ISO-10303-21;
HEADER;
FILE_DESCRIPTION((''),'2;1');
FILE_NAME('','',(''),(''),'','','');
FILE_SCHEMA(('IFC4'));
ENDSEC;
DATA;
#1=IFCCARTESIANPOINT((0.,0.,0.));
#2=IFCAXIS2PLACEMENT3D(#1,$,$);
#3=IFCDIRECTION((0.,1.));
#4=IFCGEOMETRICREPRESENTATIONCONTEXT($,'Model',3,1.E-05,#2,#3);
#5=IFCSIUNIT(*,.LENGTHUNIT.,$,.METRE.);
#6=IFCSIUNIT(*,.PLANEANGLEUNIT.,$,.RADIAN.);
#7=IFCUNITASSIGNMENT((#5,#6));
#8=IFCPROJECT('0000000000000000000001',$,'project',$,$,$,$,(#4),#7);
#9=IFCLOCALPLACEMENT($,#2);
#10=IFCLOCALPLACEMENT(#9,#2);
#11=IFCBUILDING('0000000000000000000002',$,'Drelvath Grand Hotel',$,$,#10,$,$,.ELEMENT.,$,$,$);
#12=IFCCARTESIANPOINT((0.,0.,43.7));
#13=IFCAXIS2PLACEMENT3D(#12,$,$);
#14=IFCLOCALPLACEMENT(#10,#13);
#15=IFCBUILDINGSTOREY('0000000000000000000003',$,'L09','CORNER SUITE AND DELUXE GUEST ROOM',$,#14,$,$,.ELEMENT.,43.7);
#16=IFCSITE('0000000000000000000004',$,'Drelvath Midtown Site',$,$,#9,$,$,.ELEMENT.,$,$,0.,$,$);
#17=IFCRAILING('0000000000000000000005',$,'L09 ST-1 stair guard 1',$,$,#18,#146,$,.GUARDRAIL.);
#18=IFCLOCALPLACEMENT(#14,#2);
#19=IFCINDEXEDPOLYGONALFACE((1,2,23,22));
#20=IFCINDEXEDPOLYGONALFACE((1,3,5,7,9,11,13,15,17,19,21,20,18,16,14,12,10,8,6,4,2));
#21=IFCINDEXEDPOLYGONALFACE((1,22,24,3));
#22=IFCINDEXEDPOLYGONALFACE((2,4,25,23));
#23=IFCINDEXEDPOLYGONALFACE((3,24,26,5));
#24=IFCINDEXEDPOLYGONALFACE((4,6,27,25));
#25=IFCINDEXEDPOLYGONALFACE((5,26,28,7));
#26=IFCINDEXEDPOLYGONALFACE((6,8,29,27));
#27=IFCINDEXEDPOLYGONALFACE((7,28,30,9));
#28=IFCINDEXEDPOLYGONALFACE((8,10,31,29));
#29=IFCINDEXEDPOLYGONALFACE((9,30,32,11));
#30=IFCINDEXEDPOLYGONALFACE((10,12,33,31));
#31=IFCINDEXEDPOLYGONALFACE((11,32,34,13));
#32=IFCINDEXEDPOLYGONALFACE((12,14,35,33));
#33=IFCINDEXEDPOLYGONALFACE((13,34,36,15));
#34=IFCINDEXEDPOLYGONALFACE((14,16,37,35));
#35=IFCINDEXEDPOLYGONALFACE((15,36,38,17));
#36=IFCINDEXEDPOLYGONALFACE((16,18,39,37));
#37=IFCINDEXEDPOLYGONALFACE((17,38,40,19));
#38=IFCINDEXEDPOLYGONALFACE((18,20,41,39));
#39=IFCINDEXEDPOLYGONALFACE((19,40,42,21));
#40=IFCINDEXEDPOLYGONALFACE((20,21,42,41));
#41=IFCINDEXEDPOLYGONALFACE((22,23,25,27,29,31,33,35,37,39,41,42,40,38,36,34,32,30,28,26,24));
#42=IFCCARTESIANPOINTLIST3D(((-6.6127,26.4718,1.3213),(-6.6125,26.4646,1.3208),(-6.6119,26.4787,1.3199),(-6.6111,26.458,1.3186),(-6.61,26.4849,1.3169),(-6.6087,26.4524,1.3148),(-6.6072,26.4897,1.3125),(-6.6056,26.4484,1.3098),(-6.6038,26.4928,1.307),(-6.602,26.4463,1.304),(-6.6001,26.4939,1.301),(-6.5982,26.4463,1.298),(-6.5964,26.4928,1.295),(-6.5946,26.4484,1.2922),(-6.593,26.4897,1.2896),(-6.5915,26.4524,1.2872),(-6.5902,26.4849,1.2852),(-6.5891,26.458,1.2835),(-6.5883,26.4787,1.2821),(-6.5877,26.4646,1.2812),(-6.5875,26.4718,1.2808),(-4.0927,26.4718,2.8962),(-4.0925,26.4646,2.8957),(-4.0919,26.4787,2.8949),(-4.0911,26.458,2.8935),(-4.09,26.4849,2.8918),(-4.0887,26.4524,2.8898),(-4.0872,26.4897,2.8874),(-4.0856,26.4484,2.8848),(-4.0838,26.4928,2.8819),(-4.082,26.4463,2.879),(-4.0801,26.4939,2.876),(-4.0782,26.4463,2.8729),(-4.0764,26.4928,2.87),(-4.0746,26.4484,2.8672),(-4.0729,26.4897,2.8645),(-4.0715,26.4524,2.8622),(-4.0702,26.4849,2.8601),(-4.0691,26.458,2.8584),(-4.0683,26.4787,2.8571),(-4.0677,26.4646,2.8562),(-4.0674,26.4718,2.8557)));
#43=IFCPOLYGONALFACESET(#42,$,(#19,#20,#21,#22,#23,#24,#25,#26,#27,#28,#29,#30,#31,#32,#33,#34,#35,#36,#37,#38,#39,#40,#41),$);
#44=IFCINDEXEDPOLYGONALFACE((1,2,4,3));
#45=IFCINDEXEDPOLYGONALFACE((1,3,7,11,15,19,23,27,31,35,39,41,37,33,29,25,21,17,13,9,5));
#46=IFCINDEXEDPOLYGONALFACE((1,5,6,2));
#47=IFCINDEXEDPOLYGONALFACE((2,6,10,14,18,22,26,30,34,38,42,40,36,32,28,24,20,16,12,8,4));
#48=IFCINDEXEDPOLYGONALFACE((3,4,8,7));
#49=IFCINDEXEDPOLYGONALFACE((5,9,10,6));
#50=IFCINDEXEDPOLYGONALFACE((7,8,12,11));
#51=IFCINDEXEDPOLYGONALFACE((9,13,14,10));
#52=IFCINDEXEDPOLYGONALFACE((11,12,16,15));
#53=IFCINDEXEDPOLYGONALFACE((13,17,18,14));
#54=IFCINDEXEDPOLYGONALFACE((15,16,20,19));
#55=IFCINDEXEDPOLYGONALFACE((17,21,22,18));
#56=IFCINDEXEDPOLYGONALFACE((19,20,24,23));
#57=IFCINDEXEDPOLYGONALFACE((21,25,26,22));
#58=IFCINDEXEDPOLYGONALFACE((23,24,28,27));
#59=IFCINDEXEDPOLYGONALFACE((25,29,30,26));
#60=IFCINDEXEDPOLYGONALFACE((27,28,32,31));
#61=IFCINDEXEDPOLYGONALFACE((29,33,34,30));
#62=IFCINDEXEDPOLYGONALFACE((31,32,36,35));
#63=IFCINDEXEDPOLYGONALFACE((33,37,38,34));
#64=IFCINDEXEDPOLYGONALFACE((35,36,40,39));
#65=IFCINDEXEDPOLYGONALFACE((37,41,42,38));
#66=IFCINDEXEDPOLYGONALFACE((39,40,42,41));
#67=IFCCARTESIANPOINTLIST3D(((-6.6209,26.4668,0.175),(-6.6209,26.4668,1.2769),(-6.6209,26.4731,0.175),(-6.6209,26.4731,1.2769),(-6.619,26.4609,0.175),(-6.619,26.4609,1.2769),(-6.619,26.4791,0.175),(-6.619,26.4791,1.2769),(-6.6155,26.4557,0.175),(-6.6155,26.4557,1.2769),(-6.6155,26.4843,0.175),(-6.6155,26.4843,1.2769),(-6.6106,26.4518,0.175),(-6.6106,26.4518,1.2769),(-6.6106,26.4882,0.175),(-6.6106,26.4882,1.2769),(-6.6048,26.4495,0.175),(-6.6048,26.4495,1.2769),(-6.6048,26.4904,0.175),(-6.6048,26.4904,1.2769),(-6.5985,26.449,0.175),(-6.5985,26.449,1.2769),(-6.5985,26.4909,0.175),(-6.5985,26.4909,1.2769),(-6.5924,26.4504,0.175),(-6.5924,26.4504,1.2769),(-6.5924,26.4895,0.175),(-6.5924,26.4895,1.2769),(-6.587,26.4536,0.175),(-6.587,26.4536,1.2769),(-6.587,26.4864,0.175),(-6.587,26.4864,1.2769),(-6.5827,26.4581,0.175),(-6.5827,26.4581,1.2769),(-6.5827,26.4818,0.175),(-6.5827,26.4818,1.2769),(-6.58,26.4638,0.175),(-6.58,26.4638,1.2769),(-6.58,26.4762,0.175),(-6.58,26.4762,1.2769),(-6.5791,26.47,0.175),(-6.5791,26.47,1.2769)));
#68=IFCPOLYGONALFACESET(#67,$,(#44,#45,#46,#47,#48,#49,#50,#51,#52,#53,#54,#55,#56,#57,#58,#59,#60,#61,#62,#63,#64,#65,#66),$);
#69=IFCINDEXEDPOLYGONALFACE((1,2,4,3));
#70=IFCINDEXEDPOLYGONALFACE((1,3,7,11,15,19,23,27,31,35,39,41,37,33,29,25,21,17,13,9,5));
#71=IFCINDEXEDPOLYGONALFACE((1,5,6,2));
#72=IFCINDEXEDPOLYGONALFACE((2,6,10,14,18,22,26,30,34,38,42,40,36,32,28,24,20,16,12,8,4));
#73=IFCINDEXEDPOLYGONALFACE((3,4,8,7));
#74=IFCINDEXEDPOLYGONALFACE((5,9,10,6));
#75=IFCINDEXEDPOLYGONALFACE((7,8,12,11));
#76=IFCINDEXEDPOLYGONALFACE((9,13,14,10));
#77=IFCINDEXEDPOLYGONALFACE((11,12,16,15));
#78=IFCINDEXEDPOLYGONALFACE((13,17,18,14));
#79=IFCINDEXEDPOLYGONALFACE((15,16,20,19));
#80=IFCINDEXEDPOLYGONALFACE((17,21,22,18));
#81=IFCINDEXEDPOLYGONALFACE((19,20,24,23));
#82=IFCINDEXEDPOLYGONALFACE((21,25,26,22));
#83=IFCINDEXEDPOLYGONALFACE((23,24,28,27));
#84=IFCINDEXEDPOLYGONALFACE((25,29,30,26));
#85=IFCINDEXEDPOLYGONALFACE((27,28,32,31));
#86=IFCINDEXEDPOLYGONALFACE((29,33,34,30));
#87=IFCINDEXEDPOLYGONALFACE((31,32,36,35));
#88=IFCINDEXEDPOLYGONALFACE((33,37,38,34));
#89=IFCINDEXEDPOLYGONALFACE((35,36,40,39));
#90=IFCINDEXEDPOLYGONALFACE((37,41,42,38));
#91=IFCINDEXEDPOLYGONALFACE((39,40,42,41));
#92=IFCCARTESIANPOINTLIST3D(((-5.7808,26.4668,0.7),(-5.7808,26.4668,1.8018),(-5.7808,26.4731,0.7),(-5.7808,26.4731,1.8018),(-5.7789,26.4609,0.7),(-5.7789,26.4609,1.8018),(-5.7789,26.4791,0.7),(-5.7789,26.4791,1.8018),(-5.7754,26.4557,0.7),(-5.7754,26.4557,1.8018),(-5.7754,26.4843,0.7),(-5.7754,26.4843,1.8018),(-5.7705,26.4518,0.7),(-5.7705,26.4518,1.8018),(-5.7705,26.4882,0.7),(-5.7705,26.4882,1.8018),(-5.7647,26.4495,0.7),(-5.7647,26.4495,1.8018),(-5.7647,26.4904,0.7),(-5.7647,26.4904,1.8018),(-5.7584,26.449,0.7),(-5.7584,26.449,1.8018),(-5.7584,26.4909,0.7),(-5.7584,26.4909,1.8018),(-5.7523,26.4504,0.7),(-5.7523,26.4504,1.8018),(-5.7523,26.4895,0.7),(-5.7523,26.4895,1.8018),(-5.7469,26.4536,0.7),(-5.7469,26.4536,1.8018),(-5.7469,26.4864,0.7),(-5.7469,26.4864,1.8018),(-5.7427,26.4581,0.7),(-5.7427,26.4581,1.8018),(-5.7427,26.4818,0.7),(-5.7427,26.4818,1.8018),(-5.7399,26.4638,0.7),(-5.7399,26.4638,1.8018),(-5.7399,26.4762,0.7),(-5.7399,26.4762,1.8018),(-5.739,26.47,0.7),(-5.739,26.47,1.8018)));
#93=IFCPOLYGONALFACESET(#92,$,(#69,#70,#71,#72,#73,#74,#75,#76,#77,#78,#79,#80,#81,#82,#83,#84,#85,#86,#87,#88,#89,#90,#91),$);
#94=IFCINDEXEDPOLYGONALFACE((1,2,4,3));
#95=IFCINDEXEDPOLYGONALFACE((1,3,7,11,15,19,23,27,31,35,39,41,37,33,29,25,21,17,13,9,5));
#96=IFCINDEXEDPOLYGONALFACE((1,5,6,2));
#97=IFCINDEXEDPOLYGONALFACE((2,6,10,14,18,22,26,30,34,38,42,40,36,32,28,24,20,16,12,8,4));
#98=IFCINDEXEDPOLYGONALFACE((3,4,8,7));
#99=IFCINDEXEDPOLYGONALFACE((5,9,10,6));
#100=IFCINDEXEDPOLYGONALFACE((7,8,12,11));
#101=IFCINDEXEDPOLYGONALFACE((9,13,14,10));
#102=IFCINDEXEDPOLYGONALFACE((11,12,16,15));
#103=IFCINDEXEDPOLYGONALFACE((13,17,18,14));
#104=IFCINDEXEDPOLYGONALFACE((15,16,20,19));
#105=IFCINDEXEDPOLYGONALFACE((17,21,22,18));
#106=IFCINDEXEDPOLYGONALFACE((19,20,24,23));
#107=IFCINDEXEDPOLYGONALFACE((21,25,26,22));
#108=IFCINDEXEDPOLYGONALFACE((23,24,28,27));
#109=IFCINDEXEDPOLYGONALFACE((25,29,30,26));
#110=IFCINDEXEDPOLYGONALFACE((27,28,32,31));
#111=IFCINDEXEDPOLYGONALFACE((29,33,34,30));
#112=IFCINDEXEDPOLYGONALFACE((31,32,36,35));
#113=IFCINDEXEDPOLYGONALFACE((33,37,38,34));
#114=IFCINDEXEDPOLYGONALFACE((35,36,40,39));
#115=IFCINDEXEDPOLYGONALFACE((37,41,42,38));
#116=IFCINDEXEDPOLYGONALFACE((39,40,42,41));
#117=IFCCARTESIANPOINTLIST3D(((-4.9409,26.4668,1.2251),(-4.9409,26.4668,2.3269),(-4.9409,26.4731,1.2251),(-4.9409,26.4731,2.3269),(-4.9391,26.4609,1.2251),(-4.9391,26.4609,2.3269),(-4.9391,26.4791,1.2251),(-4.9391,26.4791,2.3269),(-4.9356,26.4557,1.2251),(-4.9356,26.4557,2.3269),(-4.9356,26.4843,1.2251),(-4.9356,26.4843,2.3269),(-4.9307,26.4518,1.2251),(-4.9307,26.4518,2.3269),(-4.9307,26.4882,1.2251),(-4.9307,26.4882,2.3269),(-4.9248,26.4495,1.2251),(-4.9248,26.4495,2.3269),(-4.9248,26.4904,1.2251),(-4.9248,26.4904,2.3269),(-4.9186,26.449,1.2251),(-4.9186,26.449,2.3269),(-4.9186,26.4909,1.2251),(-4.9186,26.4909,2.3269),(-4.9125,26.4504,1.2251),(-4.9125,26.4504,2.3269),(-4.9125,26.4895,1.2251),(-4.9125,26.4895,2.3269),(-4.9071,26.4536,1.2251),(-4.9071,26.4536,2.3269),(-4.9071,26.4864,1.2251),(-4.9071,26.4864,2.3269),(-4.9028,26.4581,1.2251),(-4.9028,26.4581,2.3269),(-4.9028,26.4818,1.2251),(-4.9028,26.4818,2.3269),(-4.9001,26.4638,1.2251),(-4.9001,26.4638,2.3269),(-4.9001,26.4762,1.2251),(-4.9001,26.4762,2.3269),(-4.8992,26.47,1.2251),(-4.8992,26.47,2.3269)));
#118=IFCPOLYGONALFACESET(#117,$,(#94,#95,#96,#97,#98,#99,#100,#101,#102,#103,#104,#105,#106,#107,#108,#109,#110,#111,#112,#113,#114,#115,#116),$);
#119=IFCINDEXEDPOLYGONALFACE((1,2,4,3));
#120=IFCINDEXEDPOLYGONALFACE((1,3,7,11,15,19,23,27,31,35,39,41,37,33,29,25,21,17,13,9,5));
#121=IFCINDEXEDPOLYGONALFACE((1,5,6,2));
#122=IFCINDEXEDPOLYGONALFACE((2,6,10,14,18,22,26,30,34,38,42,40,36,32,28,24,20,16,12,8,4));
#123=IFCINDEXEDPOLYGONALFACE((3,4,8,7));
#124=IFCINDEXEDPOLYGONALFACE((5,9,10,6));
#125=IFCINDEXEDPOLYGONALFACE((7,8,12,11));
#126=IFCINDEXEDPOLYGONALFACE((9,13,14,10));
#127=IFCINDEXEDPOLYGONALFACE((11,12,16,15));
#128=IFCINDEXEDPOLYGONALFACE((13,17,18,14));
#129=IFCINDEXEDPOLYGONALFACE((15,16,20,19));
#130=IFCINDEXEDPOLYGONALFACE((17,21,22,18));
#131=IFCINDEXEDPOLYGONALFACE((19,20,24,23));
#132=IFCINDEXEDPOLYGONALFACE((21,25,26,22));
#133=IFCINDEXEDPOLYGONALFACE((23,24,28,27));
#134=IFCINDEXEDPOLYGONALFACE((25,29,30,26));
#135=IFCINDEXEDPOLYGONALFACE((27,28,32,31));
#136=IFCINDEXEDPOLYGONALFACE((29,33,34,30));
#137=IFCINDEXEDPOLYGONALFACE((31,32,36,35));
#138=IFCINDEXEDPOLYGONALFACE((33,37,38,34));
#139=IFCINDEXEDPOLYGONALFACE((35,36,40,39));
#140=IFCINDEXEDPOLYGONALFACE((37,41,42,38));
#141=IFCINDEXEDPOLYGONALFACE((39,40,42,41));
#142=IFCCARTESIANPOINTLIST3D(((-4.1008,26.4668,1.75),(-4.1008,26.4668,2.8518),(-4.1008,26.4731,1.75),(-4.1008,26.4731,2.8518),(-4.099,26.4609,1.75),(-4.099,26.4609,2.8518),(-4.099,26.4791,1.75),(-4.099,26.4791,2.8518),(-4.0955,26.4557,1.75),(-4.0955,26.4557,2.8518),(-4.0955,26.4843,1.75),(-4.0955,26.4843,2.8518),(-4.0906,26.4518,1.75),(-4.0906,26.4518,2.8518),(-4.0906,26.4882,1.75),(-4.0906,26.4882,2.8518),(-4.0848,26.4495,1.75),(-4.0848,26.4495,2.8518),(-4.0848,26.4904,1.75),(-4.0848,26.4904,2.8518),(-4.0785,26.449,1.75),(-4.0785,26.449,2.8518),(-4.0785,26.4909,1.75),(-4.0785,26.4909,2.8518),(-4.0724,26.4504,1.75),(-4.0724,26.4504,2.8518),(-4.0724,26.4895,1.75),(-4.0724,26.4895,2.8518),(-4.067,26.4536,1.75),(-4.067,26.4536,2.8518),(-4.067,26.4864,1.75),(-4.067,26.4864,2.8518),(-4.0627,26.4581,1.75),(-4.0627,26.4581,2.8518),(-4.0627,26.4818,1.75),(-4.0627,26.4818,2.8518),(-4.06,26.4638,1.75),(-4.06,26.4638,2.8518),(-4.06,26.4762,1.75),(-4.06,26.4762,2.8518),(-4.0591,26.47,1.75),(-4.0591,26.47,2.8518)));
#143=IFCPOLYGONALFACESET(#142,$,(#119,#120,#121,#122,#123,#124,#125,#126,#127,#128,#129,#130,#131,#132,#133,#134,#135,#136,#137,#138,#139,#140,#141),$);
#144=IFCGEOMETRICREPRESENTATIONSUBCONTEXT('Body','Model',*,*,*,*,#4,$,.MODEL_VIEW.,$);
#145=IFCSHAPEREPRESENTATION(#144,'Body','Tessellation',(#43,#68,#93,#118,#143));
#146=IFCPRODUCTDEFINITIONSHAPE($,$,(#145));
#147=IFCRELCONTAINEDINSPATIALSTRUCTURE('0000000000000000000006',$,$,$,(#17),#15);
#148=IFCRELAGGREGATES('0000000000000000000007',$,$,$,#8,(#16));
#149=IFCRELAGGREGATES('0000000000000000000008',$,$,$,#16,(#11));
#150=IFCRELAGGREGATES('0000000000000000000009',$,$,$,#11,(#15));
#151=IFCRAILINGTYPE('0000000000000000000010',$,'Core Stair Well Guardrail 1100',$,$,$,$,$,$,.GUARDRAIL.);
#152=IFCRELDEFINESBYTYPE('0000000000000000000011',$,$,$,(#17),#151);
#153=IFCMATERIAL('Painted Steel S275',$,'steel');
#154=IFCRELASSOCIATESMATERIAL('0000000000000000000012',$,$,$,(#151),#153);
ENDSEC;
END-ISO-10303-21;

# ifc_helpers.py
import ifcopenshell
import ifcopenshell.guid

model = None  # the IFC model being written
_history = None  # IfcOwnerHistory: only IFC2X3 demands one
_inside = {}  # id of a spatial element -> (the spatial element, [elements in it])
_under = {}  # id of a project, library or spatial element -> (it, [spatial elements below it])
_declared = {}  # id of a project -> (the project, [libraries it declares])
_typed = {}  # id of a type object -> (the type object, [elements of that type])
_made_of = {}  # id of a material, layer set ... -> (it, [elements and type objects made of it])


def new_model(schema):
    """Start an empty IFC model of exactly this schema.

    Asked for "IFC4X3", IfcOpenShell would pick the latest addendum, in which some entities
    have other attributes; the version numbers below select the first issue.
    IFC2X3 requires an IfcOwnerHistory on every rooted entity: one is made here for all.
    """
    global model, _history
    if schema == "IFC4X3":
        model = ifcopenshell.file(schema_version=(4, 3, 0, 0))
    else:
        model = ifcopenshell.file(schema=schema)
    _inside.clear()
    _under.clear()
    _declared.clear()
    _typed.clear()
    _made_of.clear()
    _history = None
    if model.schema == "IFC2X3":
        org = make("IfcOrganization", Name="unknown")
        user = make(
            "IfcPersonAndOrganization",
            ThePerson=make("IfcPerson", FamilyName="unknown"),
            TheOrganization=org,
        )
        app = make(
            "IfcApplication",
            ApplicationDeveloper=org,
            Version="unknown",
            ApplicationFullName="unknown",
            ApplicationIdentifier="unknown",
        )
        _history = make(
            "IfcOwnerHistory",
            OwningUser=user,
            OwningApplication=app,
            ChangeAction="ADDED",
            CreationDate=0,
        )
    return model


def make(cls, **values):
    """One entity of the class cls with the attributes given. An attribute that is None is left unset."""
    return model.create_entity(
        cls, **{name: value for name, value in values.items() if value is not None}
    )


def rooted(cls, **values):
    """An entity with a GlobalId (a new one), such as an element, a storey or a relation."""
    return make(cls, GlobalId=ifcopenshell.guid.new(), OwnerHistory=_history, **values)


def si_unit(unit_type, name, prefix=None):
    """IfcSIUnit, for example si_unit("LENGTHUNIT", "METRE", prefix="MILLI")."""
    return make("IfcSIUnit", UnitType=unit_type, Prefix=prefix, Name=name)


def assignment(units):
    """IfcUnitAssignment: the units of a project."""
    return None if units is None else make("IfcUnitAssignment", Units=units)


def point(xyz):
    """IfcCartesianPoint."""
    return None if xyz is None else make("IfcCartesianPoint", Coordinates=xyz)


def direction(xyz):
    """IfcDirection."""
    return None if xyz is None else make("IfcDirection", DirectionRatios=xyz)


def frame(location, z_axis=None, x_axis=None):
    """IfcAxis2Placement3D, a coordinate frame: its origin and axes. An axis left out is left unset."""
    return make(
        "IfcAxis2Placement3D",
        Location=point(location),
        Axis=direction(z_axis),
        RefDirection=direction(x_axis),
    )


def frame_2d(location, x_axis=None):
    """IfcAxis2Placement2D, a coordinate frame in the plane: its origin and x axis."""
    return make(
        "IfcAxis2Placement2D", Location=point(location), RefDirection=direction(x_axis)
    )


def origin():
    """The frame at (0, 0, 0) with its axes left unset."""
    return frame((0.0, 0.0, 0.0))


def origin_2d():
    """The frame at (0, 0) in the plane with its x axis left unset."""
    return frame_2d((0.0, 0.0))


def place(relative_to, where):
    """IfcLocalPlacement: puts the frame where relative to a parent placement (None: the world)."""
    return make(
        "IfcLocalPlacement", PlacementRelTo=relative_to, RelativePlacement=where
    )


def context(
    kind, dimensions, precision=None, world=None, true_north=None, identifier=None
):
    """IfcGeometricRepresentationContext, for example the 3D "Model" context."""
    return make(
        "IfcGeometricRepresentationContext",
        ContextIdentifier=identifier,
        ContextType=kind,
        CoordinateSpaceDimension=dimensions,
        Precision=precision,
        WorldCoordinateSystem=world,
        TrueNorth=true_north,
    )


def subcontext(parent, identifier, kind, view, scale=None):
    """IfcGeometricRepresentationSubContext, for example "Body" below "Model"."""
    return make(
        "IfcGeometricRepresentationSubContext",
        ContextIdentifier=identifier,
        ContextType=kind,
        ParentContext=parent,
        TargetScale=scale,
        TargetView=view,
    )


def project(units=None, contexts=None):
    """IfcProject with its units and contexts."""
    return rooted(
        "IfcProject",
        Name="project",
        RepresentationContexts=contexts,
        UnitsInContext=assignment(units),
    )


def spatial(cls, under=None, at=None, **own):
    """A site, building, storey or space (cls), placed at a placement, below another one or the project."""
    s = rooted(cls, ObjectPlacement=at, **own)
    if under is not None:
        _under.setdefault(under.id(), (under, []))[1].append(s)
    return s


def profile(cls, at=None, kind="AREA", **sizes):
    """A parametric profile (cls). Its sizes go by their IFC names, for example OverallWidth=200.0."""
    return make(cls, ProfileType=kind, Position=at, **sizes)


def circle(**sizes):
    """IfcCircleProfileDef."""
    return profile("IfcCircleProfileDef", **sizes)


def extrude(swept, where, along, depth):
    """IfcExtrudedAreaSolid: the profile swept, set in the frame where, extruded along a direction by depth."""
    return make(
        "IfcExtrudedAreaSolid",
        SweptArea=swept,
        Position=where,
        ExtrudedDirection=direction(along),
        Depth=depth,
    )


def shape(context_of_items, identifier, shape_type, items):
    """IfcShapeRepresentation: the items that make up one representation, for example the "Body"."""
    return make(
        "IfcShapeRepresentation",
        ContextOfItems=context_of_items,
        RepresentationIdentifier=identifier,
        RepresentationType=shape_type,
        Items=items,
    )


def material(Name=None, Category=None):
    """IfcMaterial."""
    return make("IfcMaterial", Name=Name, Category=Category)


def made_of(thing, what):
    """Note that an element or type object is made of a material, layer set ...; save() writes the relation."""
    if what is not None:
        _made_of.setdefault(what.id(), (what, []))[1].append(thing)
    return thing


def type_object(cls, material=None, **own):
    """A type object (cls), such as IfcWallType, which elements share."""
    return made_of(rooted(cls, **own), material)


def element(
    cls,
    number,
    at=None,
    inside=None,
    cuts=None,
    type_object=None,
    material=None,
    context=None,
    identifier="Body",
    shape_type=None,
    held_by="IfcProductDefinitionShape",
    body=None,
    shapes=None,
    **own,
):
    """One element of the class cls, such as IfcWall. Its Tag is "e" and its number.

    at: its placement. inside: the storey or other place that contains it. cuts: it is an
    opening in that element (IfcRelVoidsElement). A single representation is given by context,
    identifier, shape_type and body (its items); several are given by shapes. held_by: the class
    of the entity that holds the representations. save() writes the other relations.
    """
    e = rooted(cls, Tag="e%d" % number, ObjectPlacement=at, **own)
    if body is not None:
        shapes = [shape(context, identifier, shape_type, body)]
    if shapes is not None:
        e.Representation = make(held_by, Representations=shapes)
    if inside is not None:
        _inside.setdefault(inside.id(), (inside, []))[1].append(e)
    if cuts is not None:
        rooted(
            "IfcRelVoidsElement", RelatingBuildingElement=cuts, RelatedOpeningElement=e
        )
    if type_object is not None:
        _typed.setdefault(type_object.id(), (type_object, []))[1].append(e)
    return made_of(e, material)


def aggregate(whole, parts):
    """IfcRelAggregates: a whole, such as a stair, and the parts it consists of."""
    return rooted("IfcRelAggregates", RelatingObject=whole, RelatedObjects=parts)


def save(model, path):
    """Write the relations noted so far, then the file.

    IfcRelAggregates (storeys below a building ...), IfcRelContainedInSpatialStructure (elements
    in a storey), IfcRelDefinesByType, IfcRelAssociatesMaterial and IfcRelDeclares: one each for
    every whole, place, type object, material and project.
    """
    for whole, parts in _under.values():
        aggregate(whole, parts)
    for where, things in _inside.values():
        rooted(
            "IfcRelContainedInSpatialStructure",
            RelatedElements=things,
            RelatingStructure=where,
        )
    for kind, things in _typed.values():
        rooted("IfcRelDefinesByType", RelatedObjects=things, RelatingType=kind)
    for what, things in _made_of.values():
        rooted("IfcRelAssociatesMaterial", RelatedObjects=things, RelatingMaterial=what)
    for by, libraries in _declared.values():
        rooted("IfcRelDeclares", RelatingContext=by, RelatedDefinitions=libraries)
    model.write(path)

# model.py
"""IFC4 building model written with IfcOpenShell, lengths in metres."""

from ifc_helpers import new_model, si_unit, direction, frame, origin, origin_2d, place, context, subcontext, project, spatial, circle, extrude, material, type_object, element, save


model = new_model("IFC4")

# Units and contexts
model_context = context("Model", 3, precision=1e-05, world=origin(), true_north=direction((0.0, 1.0)))
body_context = subcontext(model_context, "Body", "Model", "MODEL_VIEW")
ifc_project = project(units=[si_unit("LENGTHUNIT", "METRE"), si_unit("PLANEANGLEUNIT", "RADIAN")], contexts=[model_context])

# Site, building, storey
site_placement = place(None, origin())
site = spatial("IfcSite", under=ifc_project, at=site_placement, Name="Drelvath Midtown Site", CompositionType="ELEMENT", RefElevation=0.0)
building_placement = place(site_placement, origin())
building = spatial("IfcBuilding", under=site, at=building_placement, Name="Drelvath Grand Hotel", CompositionType="ELEMENT")
storey_placement = place(building_placement, frame((0.0, 0.0, 43.7)))
storey = spatial("IfcBuildingStorey", under=building, at=storey_placement, Name="L09", Description="CORNER SUITE AND DELUXE GUEST ROOM", CompositionType="ELEMENT", Elevation=43.7)

# Shared definitions
ifc_material_1 = material(Name="Painted Steel S275", Category="steel")

# Railing
railing_type_1 = type_object("IfcRailingType", Name="Core Stair Well Guardrail 1100", PredefinedType="GUARDRAIL", material=ifc_material_1)
railing_1_placement = place(storey_placement, frame((-6.6001, 26.47, 0.175)))
element("IfcRailing", 1, at=railing_1_placement, inside=storey, type_object=railing_type_1, Name="L09 ST-1 stair guard 1", PredefinedType="GUARDRAIL", context=body_context, shape_type="SweptSolid", body=[
    extrude(circle(Radius=0.0239, at=origin_2d()), frame((0.0, 0.0, 1.126), z_axis=(0.848008, 0.0, 0.529984), x_axis=(0.0, 1.0, 0.0)), (0.0, 0.0, 1.0), 2.9717),
    extrude(circle(Radius=0.021, at=origin_2d()), origin(), (0.0, 0.0, 1.0), 1.1018),
    extrude(circle(Radius=0.021, at=origin_2d()), frame((0.8401, 0.0, 0.5249)), (0.0, 0.0, 1.0), 1.1018),
    extrude(circle(Radius=0.021, at=origin_2d()), frame((1.6799, 0.0, 1.05)), (0.0, 0.0, 1.0), 1.1018),
    extrude(circle(Radius=0.021, at=origin_2d()), frame((2.52, 0.0, 1.575)), (0.0, 0.0, 1.0), 1.1018),
])

save(model, "model.ifc")
